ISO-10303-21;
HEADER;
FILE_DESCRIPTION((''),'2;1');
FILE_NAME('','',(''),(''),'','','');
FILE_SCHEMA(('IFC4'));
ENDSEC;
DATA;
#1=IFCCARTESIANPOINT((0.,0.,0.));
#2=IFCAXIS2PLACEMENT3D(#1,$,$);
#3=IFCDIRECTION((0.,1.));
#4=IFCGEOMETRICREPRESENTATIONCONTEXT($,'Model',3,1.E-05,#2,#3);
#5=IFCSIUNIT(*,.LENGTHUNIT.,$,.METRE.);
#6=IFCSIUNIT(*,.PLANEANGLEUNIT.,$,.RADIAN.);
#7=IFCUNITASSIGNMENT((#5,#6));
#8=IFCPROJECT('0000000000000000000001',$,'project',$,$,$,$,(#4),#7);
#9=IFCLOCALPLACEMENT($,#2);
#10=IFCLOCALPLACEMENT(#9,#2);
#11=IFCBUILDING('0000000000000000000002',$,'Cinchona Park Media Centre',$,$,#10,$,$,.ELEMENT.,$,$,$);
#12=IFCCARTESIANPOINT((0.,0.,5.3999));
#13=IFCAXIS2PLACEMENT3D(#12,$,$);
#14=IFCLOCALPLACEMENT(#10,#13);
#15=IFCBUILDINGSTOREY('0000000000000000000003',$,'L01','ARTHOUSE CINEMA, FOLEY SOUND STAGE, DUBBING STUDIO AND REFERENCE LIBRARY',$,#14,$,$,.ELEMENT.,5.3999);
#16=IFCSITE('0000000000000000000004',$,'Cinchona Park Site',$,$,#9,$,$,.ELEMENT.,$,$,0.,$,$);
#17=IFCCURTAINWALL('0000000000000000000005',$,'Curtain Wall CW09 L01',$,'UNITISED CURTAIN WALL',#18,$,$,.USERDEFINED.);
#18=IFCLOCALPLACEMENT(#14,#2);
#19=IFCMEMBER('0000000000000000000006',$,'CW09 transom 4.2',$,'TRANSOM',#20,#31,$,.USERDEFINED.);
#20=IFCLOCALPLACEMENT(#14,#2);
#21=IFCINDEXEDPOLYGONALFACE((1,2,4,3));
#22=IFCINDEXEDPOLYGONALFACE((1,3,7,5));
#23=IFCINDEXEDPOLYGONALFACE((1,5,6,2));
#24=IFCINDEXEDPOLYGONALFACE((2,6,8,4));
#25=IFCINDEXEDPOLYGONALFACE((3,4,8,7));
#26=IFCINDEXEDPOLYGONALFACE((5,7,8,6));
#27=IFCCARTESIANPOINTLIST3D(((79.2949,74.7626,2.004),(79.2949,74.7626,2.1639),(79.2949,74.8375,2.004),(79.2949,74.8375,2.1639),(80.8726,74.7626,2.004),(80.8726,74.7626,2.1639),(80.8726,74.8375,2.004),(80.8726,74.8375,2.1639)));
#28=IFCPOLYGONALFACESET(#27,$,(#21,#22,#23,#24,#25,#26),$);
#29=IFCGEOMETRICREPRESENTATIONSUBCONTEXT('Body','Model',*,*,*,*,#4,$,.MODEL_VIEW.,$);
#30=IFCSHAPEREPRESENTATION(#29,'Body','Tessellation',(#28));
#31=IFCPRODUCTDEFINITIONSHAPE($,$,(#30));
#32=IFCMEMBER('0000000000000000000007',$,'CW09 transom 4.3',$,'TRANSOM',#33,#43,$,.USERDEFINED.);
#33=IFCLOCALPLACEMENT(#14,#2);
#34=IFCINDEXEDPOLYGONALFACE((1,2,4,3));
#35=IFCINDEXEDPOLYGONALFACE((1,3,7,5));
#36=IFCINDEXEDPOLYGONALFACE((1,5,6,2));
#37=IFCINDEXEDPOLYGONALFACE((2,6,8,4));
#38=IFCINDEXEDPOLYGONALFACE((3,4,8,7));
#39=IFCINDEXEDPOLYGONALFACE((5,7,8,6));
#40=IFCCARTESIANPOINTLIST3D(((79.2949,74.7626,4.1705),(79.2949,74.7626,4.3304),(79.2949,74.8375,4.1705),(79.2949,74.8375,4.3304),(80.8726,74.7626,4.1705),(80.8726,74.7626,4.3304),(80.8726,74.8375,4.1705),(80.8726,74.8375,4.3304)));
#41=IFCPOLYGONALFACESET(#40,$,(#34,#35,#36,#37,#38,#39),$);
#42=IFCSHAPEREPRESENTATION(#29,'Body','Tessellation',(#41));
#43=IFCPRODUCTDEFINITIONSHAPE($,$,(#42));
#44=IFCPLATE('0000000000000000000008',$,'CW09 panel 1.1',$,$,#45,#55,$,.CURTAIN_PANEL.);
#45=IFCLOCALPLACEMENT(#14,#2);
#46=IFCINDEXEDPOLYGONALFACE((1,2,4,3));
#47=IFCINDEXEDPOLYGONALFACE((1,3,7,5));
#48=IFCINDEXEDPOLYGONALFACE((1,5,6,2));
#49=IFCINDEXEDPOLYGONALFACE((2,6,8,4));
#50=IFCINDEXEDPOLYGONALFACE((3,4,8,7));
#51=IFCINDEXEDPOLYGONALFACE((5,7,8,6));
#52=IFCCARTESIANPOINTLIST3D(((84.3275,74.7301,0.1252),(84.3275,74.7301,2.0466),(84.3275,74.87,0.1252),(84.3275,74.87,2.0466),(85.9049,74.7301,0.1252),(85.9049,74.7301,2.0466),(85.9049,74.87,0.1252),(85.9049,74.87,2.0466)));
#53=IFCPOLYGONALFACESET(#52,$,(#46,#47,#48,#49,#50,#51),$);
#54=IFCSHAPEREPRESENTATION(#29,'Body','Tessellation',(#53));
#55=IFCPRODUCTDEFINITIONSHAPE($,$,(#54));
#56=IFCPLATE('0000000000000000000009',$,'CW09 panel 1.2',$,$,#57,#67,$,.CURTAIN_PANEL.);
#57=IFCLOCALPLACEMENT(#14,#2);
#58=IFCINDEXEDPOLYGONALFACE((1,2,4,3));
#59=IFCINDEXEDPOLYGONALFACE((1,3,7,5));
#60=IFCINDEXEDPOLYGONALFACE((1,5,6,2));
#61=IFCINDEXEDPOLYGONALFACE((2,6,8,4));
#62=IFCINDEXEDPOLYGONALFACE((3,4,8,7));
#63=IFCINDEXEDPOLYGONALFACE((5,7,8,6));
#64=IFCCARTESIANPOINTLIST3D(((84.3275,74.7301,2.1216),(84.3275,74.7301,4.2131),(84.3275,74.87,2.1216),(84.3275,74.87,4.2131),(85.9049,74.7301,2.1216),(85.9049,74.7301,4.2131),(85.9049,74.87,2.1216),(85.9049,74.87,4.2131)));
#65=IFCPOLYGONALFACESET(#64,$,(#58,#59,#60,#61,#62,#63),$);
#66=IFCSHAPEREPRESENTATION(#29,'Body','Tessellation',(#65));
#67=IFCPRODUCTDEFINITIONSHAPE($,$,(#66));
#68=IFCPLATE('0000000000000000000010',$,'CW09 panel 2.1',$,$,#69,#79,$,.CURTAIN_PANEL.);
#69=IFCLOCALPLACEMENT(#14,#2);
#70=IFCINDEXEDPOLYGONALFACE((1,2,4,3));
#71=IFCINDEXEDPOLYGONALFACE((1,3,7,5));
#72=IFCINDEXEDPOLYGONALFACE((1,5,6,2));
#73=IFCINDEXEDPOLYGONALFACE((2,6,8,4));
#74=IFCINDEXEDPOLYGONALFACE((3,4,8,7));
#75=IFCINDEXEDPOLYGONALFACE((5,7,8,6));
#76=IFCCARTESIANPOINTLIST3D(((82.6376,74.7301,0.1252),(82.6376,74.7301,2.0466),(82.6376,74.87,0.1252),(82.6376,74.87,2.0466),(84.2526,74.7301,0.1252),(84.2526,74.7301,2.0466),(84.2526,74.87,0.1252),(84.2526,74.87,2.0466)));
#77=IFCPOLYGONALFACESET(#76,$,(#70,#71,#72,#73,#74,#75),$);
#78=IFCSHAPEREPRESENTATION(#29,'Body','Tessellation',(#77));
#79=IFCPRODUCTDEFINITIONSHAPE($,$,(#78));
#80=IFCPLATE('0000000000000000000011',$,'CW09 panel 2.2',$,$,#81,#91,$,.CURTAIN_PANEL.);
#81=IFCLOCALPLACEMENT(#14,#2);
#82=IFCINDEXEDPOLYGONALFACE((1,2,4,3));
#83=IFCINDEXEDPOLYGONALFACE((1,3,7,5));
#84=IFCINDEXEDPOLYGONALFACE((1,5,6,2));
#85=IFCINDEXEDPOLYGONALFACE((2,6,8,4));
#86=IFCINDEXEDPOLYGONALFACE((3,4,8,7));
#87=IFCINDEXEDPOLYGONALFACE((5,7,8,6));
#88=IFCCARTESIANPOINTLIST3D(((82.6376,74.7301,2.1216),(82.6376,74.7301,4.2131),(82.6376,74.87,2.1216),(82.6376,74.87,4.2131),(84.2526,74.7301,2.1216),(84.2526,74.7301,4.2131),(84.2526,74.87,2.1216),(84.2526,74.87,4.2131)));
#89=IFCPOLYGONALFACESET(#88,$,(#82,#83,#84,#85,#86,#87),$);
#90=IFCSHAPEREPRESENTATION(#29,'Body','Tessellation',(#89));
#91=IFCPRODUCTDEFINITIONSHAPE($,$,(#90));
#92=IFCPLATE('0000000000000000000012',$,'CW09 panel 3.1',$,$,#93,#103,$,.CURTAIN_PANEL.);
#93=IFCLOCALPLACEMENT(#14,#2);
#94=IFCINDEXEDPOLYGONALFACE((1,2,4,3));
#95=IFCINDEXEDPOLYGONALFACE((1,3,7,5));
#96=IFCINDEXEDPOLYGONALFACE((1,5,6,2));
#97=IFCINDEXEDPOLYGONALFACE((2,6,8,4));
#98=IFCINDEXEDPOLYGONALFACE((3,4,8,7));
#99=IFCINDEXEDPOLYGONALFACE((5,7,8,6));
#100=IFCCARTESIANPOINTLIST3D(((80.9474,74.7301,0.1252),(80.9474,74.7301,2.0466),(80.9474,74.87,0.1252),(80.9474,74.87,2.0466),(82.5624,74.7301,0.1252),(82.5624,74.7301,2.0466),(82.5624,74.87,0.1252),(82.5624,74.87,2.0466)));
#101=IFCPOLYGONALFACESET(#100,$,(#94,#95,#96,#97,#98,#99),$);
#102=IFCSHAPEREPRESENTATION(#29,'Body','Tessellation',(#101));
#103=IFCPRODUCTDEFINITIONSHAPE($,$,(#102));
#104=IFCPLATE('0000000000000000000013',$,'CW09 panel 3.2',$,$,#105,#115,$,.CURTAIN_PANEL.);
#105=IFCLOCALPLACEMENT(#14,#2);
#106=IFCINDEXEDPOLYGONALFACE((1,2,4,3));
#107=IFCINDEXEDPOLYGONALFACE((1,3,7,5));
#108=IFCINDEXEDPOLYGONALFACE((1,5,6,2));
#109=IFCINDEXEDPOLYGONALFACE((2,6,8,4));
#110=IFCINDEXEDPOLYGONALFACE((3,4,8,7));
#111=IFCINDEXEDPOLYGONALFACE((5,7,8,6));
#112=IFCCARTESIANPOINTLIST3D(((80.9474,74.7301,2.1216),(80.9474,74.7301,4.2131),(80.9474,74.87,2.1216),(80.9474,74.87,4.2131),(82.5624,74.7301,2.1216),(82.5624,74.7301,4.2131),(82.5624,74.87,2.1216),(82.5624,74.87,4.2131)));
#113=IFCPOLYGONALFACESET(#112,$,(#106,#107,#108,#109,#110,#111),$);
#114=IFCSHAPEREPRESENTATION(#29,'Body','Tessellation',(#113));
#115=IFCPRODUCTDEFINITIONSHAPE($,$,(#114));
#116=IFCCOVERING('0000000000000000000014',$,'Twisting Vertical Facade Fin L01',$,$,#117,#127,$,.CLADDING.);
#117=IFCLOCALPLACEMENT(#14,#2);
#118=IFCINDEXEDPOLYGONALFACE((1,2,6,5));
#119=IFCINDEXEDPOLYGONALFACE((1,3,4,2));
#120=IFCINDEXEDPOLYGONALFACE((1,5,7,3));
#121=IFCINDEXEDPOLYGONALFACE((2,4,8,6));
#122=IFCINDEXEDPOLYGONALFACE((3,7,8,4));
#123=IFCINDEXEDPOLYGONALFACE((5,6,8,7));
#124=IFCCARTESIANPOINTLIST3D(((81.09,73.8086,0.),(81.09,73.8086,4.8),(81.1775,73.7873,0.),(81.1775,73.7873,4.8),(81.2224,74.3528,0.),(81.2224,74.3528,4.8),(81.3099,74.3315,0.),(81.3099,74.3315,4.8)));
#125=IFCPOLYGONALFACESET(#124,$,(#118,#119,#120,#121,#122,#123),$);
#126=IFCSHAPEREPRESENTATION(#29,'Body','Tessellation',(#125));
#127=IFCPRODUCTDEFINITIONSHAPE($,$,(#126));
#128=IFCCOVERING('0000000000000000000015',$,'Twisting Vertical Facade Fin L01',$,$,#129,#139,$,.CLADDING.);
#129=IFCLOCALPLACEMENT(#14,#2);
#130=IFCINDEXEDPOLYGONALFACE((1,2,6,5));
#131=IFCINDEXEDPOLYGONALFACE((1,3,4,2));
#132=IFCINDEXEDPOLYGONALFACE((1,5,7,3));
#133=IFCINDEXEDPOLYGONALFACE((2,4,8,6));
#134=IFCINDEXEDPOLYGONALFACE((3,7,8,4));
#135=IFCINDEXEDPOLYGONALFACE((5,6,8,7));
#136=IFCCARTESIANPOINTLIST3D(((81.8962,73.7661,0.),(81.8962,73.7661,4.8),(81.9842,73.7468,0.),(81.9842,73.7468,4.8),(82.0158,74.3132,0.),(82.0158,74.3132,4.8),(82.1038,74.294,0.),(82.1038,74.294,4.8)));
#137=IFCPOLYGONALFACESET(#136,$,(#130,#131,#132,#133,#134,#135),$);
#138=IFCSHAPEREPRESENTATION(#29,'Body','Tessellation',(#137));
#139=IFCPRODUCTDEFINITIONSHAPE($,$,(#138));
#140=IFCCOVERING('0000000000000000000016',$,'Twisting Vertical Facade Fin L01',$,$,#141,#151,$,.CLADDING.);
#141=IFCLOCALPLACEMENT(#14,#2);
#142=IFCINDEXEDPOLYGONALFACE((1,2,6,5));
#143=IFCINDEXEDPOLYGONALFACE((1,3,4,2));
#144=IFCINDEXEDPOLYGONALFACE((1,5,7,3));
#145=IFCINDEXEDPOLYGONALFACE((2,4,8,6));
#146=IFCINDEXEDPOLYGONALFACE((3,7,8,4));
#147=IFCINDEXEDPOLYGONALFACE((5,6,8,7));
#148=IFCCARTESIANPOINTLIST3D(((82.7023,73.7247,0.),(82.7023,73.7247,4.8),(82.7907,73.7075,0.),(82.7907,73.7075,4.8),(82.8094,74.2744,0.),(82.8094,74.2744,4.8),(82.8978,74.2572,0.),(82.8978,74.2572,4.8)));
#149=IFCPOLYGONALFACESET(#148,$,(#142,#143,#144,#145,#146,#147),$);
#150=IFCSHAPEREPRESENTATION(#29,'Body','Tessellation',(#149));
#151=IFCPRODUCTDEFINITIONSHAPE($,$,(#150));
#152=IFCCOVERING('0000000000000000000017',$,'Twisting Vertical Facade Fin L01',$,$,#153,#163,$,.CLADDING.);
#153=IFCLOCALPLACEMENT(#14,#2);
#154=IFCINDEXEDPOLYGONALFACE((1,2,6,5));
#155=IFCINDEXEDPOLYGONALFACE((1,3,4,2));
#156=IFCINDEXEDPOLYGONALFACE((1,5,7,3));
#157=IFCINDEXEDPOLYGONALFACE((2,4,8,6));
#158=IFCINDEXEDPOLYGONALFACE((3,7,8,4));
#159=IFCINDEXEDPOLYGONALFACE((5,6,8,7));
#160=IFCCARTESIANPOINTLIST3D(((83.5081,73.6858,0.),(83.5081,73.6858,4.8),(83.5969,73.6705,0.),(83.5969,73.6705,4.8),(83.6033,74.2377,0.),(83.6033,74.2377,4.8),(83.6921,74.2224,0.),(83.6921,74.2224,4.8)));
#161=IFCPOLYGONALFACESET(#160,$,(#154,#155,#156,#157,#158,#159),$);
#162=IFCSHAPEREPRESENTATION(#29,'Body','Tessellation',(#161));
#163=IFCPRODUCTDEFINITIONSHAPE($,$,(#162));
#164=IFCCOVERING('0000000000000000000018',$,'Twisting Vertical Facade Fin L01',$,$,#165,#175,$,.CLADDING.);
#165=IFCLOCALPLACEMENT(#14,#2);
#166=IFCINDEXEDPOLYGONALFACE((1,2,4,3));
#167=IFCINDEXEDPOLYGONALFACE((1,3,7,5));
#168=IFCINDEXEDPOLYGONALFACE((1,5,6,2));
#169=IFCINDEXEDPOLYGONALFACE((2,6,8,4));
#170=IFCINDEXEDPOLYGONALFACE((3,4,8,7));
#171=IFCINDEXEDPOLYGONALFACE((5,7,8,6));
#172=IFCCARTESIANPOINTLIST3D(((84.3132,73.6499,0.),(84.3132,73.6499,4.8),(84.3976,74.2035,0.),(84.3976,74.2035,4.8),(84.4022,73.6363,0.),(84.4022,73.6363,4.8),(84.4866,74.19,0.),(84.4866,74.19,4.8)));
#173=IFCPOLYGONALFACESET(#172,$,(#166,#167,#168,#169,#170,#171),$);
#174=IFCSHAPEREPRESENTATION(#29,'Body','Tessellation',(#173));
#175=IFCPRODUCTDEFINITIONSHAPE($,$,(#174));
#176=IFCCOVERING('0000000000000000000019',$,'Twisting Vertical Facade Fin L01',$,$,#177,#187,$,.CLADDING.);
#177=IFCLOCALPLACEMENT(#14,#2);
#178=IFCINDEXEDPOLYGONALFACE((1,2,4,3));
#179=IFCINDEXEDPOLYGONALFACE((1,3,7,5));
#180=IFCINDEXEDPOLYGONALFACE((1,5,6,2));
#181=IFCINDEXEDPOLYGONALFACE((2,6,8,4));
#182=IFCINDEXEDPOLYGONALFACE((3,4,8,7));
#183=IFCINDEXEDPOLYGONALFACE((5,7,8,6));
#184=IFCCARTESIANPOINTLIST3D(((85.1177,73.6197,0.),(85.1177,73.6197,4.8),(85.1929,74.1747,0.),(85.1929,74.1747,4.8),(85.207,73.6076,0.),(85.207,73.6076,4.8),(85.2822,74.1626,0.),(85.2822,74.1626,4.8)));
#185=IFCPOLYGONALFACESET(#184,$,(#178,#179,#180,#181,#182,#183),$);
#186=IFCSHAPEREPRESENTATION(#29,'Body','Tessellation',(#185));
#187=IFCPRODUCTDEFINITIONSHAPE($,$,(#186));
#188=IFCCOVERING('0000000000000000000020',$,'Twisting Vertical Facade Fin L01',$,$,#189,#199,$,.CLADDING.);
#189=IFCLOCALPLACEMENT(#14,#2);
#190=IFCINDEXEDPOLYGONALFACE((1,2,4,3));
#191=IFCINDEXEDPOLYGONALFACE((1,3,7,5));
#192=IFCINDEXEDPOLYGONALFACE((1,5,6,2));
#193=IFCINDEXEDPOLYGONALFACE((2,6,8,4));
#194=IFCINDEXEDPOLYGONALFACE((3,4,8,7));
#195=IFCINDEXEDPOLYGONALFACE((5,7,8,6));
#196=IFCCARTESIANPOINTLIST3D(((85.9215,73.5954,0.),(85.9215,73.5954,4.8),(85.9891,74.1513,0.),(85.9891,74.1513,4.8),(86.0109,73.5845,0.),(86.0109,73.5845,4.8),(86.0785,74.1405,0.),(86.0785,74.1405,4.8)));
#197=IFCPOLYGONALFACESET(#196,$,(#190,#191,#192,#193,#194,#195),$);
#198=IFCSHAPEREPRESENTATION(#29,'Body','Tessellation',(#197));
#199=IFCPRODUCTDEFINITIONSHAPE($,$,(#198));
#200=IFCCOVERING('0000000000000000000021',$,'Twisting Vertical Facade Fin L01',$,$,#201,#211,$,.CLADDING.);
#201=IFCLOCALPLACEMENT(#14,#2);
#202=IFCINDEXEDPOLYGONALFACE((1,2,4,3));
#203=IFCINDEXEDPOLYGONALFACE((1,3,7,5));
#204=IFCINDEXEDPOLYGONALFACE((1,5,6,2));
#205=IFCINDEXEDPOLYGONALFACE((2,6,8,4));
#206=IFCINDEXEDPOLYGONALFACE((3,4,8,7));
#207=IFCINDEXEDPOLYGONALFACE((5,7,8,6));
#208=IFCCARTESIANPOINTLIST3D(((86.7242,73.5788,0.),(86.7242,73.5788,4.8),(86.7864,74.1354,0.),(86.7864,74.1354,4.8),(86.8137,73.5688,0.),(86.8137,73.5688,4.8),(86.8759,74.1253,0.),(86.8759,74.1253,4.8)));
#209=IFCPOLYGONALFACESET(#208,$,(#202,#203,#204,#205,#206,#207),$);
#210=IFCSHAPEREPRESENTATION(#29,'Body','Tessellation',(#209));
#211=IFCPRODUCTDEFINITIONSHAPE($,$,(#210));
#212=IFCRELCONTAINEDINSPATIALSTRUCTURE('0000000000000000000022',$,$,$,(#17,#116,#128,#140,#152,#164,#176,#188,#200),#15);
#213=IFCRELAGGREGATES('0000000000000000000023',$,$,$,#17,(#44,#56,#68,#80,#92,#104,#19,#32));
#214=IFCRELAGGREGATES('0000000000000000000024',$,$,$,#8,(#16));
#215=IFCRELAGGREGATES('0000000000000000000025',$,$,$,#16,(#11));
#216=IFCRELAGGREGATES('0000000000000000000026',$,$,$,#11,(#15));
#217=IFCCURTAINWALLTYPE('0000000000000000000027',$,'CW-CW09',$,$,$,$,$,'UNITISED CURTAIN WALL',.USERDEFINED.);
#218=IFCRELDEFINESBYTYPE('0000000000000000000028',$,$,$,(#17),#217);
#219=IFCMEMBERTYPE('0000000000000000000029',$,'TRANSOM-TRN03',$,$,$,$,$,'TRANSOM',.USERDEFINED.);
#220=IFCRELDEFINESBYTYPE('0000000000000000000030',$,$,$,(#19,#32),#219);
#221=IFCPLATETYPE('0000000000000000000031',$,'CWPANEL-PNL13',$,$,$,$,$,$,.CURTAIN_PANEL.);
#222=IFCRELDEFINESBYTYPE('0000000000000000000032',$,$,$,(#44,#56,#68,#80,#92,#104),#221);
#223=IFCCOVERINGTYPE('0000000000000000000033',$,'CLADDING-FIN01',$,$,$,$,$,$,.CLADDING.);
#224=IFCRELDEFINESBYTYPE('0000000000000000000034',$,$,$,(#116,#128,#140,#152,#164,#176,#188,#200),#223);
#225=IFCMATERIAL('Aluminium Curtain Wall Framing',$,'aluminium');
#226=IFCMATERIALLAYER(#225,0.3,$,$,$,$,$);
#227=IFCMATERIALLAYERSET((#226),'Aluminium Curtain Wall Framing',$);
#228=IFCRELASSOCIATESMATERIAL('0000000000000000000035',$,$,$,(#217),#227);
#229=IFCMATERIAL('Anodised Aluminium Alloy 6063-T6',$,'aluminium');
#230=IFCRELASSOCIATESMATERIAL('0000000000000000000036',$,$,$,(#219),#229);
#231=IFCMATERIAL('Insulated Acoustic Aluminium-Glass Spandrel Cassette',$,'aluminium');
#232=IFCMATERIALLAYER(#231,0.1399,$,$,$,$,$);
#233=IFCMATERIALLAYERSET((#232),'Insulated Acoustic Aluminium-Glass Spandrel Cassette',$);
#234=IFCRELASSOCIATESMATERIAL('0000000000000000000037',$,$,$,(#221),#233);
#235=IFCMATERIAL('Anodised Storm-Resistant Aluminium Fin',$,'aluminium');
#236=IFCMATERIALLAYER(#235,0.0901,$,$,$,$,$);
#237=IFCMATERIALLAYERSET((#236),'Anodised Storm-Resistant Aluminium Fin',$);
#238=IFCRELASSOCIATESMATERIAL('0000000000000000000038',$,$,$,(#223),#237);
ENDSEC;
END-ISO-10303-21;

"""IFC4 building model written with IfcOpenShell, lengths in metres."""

from ifc_helpers import new_model, si_unit, direction, frame, origin, origin_2d, place, context, subcontext, project, spatial, rectangle, extrude, material, layer, layer_set, material_profile, profile_set, type_object, element, aggregate, save


model = new_model("IFC4")

# Units and contexts
model_context = context("Model", 3, precision=1e-05, world=origin(), true_north=direction((0.0, 1.0)))
body_context = subcontext(model_context, "Body", "Model", "MODEL_VIEW")
ifc_project = project(units=[si_unit("LENGTHUNIT", "METRE"), si_unit("PLANEANGLEUNIT", "RADIAN")], contexts=[model_context])

# Site, building, storey
site_placement = place(None, origin())
site = spatial("IfcSite", under=ifc_project, at=site_placement, Name="Cinchona Park Site", CompositionType="ELEMENT", RefElevation=0.0)
building_placement = place(site_placement, origin())
building = spatial("IfcBuilding", under=site, at=building_placement, Name="Cinchona Park Media Centre", CompositionType="ELEMENT")
storey_placement = place(building_placement, frame((0.0, 0.0, 5.3999)))
storey = spatial("IfcBuildingStorey", under=building, at=storey_placement, Name="L01", Description="ARTHOUSE CINEMA, FOLEY SOUND STAGE, DUBBING STUDIO AND REFERENCE LIBRARY", CompositionType="ELEMENT", Elevation=5.3999)

# Curtain wall, members, plates
ifc_material_1 = material(Name="Aluminium Curtain Wall Framing", Category="aluminium")
ifc_layer_1 = layer(ifc_material_1, 0.3)
ifc_layer_set_1 = layer_set([ifc_layer_1], Name="Aluminium Curtain Wall Framing")
curtain_wall_type = type_object("IfcCurtainWallType", Name="CW-CW09", ElementType="UNITISED CURTAIN WALL", PredefinedType="USERDEFINED", material=ifc_layer_set_1)
curtain_wall_placement = place(storey_placement, origin())
curtain_wall = element("IfcCurtainWall", 1, at=curtain_wall_placement, inside=storey, type_object=curtain_wall_type, Name="Curtain Wall CW09 L01", ObjectType="UNITISED CURTAIN WALL", PredefinedType="USERDEFINED")
ifc_material_2 = material(Name="Anodised Aluminium Alloy 6063-T6", Category="aluminium")
ifc_material_profile_1 = material_profile(ifc_material_2, rectangle(XDim=0.075, YDim=0.1599, at=origin_2d()), Name="TRN-75X160")
ifc_profile_set_1 = profile_set([ifc_material_profile_1], Name="Anodised Aluminium Alloy 6063-T6")
member_type_1 = type_object("IfcMemberType", Name="TRANSOM-TRN03", ElementType="TRANSOM", PredefinedType="USERDEFINED", material=ifc_profile_set_1)
member_1_placement = place(storey_placement, frame((80.8726, 74.8, 2.084), z_axis=(-1.0, 0.0, 0.0), x_axis=(0.0, -1.0, 0.0)))
member_1 = element("IfcMember", 2, at=member_1_placement, type_object=member_type_1, Name="CW09 transom 4.2", ObjectType="TRANSOM", PredefinedType="USERDEFINED", context=body_context, shape_type="SweptSolid", body=[
    extrude(rectangle(XDim=0.075, YDim=0.1599, at=origin_2d()), origin(), (0.0, 0.0, 1.0), 1.5776),
])
member_2_placement = place(storey_placement, frame((80.8726, 74.8, 4.2505), z_axis=(-1.0, 0.0, 0.0), x_axis=(0.0, -1.0, 0.0)))
member_2 = element("IfcMember", 3, at=member_2_placement, type_object=member_type_1, Name="CW09 transom 4.3", ObjectType="TRANSOM", PredefinedType="USERDEFINED", context=body_context, shape_type="SweptSolid", body=[
    extrude(rectangle(XDim=0.075, YDim=0.1599, at=origin_2d()), origin(), (0.0, 0.0, 1.0), 1.5776),
])
ifc_material_3 = material(Name="Insulated Acoustic Aluminium-Glass Spandrel Cassette", Category="aluminium")
ifc_layer_2 = layer(ifc_material_3, 0.1399)
ifc_layer_set_2 = layer_set([ifc_layer_2], Name="Insulated Acoustic Aluminium-Glass Spandrel Cassette")
plate_type = type_object("IfcPlateType", Name="CWPANEL-PNL13", PredefinedType="CURTAIN_PANEL", material=ifc_layer_set_2)
plate_1_placement = place(storey_placement, frame((85.1162, 74.8, 0.1252), z_axis=(0.0, 0.0, 1.0), x_axis=(-1.0, 0.0, 0.0)))
plate_1 = element("IfcPlate", 4, at=plate_1_placement, type_object=plate_type, Name="CW09 panel 1.1", PredefinedType="CURTAIN_PANEL", context=body_context, shape_type="SweptSolid", body=[
    extrude(rectangle(XDim=1.5774, YDim=0.1399, at=origin_2d()), origin(), (0.0, 0.0, 1.0), 1.9214),
])
plate_2_placement = place(storey_placement, frame((85.1162, 74.8, 2.1216), z_axis=(0.0, 0.0, 1.0), x_axis=(-1.0, 0.0, 0.0)))
plate_2 = element("IfcPlate", 5, at=plate_2_placement, type_object=plate_type, Name="CW09 panel 1.2", PredefinedType="CURTAIN_PANEL", context=body_context, shape_type="SweptSolid", body=[
    extrude(rectangle(XDim=1.5774, YDim=0.1399, at=origin_2d()), origin(), (0.0, 0.0, 1.0), 2.0916),
])
plate_3_placement = place(storey_placement, frame((83.4451, 74.8, 0.1252), z_axis=(0.0, 0.0, 1.0), x_axis=(-1.0, 0.0, 0.0)))
plate_3 = element("IfcPlate", 6, at=plate_3_placement, type_object=plate_type, Name="CW09 panel 2.1", PredefinedType="CURTAIN_PANEL", context=body_context, shape_type="SweptSolid", body=[
    extrude(rectangle(XDim=1.615, YDim=0.1399, at=origin_2d()), origin(), (0.0, 0.0, 1.0), 1.9214),
])
plate_4_placement = place(storey_placement, frame((83.4451, 74.8, 2.1216), z_axis=(0.0, 0.0, 1.0), x_axis=(-1.0, 0.0, 0.0)))
plate_4 = element("IfcPlate", 7, at=plate_4_placement, type_object=plate_type, Name="CW09 panel 2.2", PredefinedType="CURTAIN_PANEL", context=body_context, shape_type="SweptSolid", body=[
    extrude(rectangle(XDim=1.615, YDim=0.1399, at=origin_2d()), origin(), (0.0, 0.0, 1.0), 2.0916),
])
plate_5_placement = place(storey_placement, frame((81.7549, 74.8, 0.1252), z_axis=(0.0, 0.0, 1.0), x_axis=(-1.0, 0.0, 0.0)))
plate_5 = element("IfcPlate", 8, at=plate_5_placement, type_object=plate_type, Name="CW09 panel 3.1", PredefinedType="CURTAIN_PANEL", context=body_context, shape_type="SweptSolid", body=[
    extrude(rectangle(XDim=1.615, YDim=0.1399, at=origin_2d()), origin(), (0.0, 0.0, 1.0), 1.9214),
])
plate_6_placement = place(storey_placement, frame((81.7549, 74.8, 2.1216), z_axis=(0.0, 0.0, 1.0), x_axis=(-1.0, 0.0, 0.0)))
plate_6 = element("IfcPlate", 9, at=plate_6_placement, type_object=plate_type, Name="CW09 panel 3.2", PredefinedType="CURTAIN_PANEL", context=body_context, shape_type="SweptSolid", body=[
    extrude(rectangle(XDim=1.615, YDim=0.1399, at=origin_2d()), origin(), (0.0, 0.0, 1.0), 2.0916),
])
aggregate(curtain_wall, [plate_1, plate_2, plate_3, plate_4, plate_5, plate_6, member_1, member_2])

# Coverings
ifc_material_4 = material(Name="Anodised Storm-Resistant Aluminium Fin", Category="aluminium")
ifc_layer_3 = layer(ifc_material_4, 0.0901)
ifc_layer_set_3 = layer_set([ifc_layer_3], Name="Anodised Storm-Resistant Aluminium Fin")
covering_type = type_object("IfcCoveringType", Name="CLADDING-FIN01", PredefinedType="CLADDING", material=ifc_layer_set_3)
for number, where, z_axis, x_axis, name in (
    (10, (81.2, 74.0701, 0.0), (0.0, 0.0, 1.0), (0.236329, 0.971673, 0.0), "Twisting Vertical Facade Fin L01"),
    (11, (82.0, 74.03, 0.0), (0.0, 0.0, 1.0), (0.213542, 0.976934, 0.0), "Twisting Vertical Facade Fin L01"),
    (12, (82.8, 73.991, 0.0), (0.0, 0.0, 1.0), (0.191323, 0.981527, 0.0), "Twisting Vertical Facade Fin L01"),
    (13, (83.6001, 73.9541, 0.0), (0.0, 0.0, 1.0), (0.170038, 0.985438, 0.0), "Twisting Vertical Facade Fin L01"),
    (14, (84.3999, 73.9199, 0.0), (0.0, 0.0, 1.0), (0.150743, 0.988573, 0.0), "Twisting Vertical Facade Fin L01"),
    (15, (85.2, 73.8911, 0.0), (0.0, 0.0, 1.0), (0.134159, 0.99096, 0.0), "Twisting Vertical Facade Fin L01"),
    (16, (86.0, 73.8679, 0.0), (0.0, 0.0, 1.0), (0.12083, 0.992673, 0.0), "Twisting Vertical Facade Fin L01"),
    (17, (86.8, 73.8521, 0.0), (0.0, 0.0, 1.0), (0.111122, 0.993807, 0.0), "Twisting Vertical Facade Fin L01"),
):
    element("IfcCovering", number, at=place(storey_placement, frame(where, z_axis=z_axis, x_axis=x_axis)), inside=storey, type_object=covering_type, Name=name, PredefinedType="CLADDING", context=body_context, shape_type="SweptSolid", body=[
        extrude(rectangle(XDim=0.5601, YDim=0.0901, at=origin_2d()), origin(), (0.0, 0.0, 1.0), 4.8),
    ])

save(model, "model.ifc")
